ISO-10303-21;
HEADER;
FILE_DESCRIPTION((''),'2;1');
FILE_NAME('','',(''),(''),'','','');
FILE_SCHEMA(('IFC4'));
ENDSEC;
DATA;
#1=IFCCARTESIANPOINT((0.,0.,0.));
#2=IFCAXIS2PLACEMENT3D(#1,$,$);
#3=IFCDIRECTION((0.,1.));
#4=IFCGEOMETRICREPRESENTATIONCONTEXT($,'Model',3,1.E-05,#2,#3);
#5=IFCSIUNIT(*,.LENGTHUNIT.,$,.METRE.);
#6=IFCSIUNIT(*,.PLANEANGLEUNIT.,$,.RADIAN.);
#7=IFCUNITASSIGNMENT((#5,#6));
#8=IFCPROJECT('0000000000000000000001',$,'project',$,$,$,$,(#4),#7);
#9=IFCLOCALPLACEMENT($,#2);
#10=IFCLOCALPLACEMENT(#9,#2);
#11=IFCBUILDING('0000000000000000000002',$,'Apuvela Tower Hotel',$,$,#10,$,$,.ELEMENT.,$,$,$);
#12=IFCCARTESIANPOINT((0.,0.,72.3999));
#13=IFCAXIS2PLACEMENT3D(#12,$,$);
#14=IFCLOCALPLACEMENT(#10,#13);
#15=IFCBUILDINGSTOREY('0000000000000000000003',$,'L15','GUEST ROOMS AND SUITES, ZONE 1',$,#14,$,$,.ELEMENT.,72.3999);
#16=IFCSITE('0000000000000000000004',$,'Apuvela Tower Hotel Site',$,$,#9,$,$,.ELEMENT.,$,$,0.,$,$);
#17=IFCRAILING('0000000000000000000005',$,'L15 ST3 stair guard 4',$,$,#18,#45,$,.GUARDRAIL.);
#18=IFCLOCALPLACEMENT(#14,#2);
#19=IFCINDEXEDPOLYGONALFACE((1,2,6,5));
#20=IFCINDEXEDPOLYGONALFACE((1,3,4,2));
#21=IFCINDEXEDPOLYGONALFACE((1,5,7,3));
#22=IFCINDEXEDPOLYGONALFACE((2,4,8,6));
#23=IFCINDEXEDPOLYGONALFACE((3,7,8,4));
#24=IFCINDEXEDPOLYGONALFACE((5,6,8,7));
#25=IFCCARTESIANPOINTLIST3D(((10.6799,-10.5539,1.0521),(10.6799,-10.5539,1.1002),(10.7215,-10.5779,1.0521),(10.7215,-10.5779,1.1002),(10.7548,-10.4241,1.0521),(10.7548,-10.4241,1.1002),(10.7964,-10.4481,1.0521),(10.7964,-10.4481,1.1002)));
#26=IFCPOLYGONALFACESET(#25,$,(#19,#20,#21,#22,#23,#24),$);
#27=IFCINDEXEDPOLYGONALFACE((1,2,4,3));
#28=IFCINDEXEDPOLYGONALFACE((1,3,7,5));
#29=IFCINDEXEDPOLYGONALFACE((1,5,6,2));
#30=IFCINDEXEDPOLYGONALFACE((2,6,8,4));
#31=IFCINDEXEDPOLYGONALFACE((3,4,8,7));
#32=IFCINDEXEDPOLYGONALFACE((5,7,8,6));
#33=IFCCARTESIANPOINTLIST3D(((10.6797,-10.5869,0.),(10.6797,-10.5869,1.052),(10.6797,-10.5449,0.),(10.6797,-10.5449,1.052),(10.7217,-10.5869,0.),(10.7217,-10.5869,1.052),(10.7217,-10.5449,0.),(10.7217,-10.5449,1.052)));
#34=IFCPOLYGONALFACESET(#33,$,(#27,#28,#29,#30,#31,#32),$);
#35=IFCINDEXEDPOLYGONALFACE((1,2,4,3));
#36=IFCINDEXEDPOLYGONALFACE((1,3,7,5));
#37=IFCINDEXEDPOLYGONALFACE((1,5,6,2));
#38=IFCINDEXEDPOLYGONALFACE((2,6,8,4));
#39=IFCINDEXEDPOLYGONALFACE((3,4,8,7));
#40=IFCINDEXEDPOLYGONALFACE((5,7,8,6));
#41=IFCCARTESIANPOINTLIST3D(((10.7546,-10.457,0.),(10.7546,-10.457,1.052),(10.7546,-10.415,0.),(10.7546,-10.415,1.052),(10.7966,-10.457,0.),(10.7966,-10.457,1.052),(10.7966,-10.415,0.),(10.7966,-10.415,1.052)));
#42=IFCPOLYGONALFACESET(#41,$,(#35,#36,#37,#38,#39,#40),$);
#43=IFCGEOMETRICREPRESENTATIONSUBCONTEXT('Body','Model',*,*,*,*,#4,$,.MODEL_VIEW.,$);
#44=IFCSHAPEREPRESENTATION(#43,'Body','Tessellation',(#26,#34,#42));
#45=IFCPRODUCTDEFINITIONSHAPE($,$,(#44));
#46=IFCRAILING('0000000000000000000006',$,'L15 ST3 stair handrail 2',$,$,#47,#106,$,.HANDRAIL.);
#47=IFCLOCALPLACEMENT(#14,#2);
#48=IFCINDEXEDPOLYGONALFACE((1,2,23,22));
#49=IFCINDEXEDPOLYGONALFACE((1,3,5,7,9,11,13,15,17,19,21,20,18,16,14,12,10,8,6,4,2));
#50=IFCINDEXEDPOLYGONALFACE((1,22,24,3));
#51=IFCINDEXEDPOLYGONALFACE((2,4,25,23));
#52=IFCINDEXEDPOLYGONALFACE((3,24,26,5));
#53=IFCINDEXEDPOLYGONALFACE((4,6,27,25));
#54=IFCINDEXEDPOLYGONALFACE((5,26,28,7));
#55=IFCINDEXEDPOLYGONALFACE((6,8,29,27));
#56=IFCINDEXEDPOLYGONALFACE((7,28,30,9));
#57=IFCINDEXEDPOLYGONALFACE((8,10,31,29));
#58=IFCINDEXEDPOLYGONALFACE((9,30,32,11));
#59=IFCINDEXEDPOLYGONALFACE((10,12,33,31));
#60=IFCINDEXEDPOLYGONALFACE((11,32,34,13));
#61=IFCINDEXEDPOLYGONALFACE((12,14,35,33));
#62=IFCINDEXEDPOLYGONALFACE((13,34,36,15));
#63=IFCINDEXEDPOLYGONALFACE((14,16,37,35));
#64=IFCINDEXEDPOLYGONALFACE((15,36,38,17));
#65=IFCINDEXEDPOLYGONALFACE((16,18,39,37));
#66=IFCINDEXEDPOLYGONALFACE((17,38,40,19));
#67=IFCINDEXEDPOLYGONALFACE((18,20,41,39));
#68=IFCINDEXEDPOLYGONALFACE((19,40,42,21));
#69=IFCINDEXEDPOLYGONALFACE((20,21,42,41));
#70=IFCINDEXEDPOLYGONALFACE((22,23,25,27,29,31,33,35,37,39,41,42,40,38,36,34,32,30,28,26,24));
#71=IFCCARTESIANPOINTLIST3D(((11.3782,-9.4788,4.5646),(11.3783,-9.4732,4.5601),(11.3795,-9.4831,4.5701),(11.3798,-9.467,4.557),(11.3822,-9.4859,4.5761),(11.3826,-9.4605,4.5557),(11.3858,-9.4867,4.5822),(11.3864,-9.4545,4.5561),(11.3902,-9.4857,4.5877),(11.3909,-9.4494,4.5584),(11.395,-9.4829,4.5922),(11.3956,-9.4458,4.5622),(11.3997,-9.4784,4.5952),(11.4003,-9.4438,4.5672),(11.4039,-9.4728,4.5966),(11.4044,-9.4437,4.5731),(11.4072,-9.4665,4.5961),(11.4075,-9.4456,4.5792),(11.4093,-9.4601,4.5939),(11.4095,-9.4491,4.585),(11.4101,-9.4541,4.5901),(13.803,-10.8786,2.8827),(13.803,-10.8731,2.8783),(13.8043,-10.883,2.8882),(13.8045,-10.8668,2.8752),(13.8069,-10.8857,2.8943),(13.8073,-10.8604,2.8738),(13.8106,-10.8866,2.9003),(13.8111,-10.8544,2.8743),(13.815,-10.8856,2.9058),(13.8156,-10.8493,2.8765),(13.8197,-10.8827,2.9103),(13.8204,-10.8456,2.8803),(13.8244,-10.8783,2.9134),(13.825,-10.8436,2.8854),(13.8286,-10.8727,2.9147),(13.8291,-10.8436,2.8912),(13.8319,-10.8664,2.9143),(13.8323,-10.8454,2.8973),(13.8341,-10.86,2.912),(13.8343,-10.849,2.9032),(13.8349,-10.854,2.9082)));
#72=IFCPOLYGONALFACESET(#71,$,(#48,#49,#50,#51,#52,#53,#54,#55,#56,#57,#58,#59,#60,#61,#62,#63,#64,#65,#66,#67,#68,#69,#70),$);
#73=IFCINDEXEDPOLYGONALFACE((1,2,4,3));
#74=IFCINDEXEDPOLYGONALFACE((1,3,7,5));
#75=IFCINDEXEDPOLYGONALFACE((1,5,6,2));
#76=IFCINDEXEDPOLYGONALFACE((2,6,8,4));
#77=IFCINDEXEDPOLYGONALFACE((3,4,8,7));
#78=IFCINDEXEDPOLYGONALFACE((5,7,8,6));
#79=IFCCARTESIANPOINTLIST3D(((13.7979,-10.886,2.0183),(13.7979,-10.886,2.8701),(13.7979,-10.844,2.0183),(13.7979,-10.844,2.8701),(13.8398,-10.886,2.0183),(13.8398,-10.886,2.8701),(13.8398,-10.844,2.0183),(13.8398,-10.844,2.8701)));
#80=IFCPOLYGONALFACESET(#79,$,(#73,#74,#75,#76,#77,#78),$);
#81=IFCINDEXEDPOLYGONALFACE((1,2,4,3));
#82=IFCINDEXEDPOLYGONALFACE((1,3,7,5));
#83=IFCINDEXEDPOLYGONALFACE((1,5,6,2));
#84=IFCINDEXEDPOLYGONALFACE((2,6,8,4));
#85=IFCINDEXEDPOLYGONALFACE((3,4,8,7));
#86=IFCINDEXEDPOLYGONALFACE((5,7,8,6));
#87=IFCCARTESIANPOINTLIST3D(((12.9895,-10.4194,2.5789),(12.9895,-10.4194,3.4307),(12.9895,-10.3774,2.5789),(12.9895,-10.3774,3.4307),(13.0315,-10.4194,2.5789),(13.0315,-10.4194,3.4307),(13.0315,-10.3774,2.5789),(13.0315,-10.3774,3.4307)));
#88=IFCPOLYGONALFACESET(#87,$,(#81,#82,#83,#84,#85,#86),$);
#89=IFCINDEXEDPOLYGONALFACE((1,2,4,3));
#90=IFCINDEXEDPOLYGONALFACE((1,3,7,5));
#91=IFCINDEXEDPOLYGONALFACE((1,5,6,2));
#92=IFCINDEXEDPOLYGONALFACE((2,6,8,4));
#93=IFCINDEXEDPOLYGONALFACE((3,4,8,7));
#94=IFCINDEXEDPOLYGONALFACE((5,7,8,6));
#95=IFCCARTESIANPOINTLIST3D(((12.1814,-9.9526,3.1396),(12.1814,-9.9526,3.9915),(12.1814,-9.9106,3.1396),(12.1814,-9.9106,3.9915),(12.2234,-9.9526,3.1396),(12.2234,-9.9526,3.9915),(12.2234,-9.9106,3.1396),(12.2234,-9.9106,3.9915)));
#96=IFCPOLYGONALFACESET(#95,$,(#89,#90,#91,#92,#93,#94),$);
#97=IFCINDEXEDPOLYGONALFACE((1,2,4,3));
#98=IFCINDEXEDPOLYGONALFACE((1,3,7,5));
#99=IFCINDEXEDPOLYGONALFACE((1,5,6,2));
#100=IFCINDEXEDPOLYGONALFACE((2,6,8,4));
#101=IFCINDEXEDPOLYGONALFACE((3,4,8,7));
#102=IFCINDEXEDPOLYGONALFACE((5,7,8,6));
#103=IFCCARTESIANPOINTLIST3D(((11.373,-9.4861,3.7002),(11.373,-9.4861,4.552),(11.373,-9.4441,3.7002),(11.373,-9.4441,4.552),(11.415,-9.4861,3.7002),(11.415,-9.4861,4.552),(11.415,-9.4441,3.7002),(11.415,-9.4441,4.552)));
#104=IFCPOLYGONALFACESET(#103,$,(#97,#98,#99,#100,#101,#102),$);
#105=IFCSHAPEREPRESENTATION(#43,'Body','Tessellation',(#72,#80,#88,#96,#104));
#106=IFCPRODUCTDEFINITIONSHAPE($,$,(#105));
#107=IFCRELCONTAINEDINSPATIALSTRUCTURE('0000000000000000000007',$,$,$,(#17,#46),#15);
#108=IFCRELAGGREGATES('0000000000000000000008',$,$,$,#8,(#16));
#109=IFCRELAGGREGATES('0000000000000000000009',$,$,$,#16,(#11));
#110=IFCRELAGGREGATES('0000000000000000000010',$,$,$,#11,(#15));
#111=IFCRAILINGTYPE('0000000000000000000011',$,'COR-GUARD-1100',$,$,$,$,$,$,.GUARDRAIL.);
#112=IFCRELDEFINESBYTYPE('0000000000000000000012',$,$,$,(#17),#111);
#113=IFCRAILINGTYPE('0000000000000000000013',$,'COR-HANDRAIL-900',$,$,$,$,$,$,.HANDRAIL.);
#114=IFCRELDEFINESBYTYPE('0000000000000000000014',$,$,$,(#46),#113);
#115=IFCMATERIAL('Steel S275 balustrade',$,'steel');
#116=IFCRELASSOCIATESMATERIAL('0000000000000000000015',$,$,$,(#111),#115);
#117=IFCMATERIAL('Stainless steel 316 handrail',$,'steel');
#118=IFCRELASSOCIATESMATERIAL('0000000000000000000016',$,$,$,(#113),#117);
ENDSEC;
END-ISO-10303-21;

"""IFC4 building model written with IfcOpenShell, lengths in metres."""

from ifc_helpers import new_model, si_unit, direction, frame, origin, origin_2d, place, context, subcontext, project, spatial, rectangle, circle, extrude, material, type_object, element, save


model = new_model("IFC4")

# Units and contexts
model_context = context("Model", 3, precision=1e-05, world=origin(), true_north=direction((0.0, 1.0)))
body_context = subcontext(model_context, "Body", "Model", "MODEL_VIEW")
ifc_project = project(units=[si_unit("LENGTHUNIT", "METRE"), si_unit("PLANEANGLEUNIT", "RADIAN")], contexts=[model_context])

# Site, building, storey
site_placement = place(None, origin())
site = spatial("IfcSite", under=ifc_project, at=site_placement, Name="Apuvela Tower Hotel Site", CompositionType="ELEMENT", RefElevation=0.0)
building_placement = place(site_placement, origin())
building = spatial("IfcBuilding", under=site, at=building_placement, Name="Apuvela Tower Hotel", CompositionType="ELEMENT")
storey_placement = place(building_placement, frame((0.0, 0.0, 72.3999)))
storey = spatial("IfcBuildingStorey", under=building, at=storey_placement, Name="L15", Description="GUEST ROOMS AND SUITES, ZONE 1", CompositionType="ELEMENT", Elevation=72.3999)

# Railings
ifc_material_1 = material(Name="Steel S275 balustrade", Category="steel")
railing_type_1 = type_object("IfcRailingType", Name="COR-GUARD-1100", PredefinedType="GUARDRAIL", material=ifc_material_1)
railing_1_placement = place(storey_placement, frame((10.7007, -10.5659, 0.0)))
element("IfcRailing", 1, at=railing_1_placement, inside=storey, type_object=railing_type_1, Name="L15 ST3 stair guard 4", PredefinedType="GUARDRAIL", context=body_context, shape_type="SweptSolid", body=[
    extrude(rectangle(XDim=0.0481, YDim=0.0481, at=origin_2d()), frame((0.0, 0.0, 1.0762), z_axis=(0.499816, 0.866131, 0.0), x_axis=(-0.866131, 0.499816, 0.0)), (0.0, 0.0, 1.0), 0.1499),
    extrude(rectangle(XDim=0.042, YDim=0.042, at=origin_2d()), origin(), (0.0, 0.0, 1.0), 1.052),
    extrude(rectangle(XDim=0.042, YDim=0.042, at=origin_2d()), frame((0.075, 0.1299, 0.0)), (0.0, 0.0, 1.0), 1.052),
])
ifc_material_2 = material(Name="Stainless steel 316 handrail", Category="steel")
railing_type_2 = type_object("IfcRailingType", Name="COR-HANDRAIL-900", PredefinedType="HANDRAIL", material=ifc_material_2)
railing_2_placement = place(storey_placement, frame((13.8188, -10.865, 2.0183)))
element("IfcRailing", 2, at=railing_2_placement, inside=storey, type_object=railing_type_2, Name="L15 ST3 stair handrail 2", PredefinedType="HANDRAIL", context=body_context, shape_type="SweptSolid", body=[
    extrude(circle(Radius=0.0239, at=origin_2d()), frame((0.0, 0.0, 0.876), z_axis=(-0.74239, 0.428601, 0.514934), x_axis=(-0.499984, -0.866035, 0.0)), (0.0, 0.0, 1.0), 3.2661),
    extrude(rectangle(XDim=0.042, YDim=0.042, at=origin_2d()), origin(), (0.0, 0.0, 1.0), 0.8518),
    extrude(rectangle(XDim=0.042, YDim=0.042, at=origin_2d()), frame((-0.8083, 0.4666, 0.5605)), (0.0, 0.0, 1.0), 0.8518),
    extrude(rectangle(XDim=0.042, YDim=0.042, at=origin_2d()), frame((-1.6165, 0.9333, 1.1213)), (0.0, 0.0, 1.0), 0.8518),
    extrude(rectangle(XDim=0.042, YDim=0.042, at=origin_2d()), frame((-2.4248, 1.3999, 1.6819)), (0.0, 0.0, 1.0), 0.8518),
])

save(model, "model.ifc")
